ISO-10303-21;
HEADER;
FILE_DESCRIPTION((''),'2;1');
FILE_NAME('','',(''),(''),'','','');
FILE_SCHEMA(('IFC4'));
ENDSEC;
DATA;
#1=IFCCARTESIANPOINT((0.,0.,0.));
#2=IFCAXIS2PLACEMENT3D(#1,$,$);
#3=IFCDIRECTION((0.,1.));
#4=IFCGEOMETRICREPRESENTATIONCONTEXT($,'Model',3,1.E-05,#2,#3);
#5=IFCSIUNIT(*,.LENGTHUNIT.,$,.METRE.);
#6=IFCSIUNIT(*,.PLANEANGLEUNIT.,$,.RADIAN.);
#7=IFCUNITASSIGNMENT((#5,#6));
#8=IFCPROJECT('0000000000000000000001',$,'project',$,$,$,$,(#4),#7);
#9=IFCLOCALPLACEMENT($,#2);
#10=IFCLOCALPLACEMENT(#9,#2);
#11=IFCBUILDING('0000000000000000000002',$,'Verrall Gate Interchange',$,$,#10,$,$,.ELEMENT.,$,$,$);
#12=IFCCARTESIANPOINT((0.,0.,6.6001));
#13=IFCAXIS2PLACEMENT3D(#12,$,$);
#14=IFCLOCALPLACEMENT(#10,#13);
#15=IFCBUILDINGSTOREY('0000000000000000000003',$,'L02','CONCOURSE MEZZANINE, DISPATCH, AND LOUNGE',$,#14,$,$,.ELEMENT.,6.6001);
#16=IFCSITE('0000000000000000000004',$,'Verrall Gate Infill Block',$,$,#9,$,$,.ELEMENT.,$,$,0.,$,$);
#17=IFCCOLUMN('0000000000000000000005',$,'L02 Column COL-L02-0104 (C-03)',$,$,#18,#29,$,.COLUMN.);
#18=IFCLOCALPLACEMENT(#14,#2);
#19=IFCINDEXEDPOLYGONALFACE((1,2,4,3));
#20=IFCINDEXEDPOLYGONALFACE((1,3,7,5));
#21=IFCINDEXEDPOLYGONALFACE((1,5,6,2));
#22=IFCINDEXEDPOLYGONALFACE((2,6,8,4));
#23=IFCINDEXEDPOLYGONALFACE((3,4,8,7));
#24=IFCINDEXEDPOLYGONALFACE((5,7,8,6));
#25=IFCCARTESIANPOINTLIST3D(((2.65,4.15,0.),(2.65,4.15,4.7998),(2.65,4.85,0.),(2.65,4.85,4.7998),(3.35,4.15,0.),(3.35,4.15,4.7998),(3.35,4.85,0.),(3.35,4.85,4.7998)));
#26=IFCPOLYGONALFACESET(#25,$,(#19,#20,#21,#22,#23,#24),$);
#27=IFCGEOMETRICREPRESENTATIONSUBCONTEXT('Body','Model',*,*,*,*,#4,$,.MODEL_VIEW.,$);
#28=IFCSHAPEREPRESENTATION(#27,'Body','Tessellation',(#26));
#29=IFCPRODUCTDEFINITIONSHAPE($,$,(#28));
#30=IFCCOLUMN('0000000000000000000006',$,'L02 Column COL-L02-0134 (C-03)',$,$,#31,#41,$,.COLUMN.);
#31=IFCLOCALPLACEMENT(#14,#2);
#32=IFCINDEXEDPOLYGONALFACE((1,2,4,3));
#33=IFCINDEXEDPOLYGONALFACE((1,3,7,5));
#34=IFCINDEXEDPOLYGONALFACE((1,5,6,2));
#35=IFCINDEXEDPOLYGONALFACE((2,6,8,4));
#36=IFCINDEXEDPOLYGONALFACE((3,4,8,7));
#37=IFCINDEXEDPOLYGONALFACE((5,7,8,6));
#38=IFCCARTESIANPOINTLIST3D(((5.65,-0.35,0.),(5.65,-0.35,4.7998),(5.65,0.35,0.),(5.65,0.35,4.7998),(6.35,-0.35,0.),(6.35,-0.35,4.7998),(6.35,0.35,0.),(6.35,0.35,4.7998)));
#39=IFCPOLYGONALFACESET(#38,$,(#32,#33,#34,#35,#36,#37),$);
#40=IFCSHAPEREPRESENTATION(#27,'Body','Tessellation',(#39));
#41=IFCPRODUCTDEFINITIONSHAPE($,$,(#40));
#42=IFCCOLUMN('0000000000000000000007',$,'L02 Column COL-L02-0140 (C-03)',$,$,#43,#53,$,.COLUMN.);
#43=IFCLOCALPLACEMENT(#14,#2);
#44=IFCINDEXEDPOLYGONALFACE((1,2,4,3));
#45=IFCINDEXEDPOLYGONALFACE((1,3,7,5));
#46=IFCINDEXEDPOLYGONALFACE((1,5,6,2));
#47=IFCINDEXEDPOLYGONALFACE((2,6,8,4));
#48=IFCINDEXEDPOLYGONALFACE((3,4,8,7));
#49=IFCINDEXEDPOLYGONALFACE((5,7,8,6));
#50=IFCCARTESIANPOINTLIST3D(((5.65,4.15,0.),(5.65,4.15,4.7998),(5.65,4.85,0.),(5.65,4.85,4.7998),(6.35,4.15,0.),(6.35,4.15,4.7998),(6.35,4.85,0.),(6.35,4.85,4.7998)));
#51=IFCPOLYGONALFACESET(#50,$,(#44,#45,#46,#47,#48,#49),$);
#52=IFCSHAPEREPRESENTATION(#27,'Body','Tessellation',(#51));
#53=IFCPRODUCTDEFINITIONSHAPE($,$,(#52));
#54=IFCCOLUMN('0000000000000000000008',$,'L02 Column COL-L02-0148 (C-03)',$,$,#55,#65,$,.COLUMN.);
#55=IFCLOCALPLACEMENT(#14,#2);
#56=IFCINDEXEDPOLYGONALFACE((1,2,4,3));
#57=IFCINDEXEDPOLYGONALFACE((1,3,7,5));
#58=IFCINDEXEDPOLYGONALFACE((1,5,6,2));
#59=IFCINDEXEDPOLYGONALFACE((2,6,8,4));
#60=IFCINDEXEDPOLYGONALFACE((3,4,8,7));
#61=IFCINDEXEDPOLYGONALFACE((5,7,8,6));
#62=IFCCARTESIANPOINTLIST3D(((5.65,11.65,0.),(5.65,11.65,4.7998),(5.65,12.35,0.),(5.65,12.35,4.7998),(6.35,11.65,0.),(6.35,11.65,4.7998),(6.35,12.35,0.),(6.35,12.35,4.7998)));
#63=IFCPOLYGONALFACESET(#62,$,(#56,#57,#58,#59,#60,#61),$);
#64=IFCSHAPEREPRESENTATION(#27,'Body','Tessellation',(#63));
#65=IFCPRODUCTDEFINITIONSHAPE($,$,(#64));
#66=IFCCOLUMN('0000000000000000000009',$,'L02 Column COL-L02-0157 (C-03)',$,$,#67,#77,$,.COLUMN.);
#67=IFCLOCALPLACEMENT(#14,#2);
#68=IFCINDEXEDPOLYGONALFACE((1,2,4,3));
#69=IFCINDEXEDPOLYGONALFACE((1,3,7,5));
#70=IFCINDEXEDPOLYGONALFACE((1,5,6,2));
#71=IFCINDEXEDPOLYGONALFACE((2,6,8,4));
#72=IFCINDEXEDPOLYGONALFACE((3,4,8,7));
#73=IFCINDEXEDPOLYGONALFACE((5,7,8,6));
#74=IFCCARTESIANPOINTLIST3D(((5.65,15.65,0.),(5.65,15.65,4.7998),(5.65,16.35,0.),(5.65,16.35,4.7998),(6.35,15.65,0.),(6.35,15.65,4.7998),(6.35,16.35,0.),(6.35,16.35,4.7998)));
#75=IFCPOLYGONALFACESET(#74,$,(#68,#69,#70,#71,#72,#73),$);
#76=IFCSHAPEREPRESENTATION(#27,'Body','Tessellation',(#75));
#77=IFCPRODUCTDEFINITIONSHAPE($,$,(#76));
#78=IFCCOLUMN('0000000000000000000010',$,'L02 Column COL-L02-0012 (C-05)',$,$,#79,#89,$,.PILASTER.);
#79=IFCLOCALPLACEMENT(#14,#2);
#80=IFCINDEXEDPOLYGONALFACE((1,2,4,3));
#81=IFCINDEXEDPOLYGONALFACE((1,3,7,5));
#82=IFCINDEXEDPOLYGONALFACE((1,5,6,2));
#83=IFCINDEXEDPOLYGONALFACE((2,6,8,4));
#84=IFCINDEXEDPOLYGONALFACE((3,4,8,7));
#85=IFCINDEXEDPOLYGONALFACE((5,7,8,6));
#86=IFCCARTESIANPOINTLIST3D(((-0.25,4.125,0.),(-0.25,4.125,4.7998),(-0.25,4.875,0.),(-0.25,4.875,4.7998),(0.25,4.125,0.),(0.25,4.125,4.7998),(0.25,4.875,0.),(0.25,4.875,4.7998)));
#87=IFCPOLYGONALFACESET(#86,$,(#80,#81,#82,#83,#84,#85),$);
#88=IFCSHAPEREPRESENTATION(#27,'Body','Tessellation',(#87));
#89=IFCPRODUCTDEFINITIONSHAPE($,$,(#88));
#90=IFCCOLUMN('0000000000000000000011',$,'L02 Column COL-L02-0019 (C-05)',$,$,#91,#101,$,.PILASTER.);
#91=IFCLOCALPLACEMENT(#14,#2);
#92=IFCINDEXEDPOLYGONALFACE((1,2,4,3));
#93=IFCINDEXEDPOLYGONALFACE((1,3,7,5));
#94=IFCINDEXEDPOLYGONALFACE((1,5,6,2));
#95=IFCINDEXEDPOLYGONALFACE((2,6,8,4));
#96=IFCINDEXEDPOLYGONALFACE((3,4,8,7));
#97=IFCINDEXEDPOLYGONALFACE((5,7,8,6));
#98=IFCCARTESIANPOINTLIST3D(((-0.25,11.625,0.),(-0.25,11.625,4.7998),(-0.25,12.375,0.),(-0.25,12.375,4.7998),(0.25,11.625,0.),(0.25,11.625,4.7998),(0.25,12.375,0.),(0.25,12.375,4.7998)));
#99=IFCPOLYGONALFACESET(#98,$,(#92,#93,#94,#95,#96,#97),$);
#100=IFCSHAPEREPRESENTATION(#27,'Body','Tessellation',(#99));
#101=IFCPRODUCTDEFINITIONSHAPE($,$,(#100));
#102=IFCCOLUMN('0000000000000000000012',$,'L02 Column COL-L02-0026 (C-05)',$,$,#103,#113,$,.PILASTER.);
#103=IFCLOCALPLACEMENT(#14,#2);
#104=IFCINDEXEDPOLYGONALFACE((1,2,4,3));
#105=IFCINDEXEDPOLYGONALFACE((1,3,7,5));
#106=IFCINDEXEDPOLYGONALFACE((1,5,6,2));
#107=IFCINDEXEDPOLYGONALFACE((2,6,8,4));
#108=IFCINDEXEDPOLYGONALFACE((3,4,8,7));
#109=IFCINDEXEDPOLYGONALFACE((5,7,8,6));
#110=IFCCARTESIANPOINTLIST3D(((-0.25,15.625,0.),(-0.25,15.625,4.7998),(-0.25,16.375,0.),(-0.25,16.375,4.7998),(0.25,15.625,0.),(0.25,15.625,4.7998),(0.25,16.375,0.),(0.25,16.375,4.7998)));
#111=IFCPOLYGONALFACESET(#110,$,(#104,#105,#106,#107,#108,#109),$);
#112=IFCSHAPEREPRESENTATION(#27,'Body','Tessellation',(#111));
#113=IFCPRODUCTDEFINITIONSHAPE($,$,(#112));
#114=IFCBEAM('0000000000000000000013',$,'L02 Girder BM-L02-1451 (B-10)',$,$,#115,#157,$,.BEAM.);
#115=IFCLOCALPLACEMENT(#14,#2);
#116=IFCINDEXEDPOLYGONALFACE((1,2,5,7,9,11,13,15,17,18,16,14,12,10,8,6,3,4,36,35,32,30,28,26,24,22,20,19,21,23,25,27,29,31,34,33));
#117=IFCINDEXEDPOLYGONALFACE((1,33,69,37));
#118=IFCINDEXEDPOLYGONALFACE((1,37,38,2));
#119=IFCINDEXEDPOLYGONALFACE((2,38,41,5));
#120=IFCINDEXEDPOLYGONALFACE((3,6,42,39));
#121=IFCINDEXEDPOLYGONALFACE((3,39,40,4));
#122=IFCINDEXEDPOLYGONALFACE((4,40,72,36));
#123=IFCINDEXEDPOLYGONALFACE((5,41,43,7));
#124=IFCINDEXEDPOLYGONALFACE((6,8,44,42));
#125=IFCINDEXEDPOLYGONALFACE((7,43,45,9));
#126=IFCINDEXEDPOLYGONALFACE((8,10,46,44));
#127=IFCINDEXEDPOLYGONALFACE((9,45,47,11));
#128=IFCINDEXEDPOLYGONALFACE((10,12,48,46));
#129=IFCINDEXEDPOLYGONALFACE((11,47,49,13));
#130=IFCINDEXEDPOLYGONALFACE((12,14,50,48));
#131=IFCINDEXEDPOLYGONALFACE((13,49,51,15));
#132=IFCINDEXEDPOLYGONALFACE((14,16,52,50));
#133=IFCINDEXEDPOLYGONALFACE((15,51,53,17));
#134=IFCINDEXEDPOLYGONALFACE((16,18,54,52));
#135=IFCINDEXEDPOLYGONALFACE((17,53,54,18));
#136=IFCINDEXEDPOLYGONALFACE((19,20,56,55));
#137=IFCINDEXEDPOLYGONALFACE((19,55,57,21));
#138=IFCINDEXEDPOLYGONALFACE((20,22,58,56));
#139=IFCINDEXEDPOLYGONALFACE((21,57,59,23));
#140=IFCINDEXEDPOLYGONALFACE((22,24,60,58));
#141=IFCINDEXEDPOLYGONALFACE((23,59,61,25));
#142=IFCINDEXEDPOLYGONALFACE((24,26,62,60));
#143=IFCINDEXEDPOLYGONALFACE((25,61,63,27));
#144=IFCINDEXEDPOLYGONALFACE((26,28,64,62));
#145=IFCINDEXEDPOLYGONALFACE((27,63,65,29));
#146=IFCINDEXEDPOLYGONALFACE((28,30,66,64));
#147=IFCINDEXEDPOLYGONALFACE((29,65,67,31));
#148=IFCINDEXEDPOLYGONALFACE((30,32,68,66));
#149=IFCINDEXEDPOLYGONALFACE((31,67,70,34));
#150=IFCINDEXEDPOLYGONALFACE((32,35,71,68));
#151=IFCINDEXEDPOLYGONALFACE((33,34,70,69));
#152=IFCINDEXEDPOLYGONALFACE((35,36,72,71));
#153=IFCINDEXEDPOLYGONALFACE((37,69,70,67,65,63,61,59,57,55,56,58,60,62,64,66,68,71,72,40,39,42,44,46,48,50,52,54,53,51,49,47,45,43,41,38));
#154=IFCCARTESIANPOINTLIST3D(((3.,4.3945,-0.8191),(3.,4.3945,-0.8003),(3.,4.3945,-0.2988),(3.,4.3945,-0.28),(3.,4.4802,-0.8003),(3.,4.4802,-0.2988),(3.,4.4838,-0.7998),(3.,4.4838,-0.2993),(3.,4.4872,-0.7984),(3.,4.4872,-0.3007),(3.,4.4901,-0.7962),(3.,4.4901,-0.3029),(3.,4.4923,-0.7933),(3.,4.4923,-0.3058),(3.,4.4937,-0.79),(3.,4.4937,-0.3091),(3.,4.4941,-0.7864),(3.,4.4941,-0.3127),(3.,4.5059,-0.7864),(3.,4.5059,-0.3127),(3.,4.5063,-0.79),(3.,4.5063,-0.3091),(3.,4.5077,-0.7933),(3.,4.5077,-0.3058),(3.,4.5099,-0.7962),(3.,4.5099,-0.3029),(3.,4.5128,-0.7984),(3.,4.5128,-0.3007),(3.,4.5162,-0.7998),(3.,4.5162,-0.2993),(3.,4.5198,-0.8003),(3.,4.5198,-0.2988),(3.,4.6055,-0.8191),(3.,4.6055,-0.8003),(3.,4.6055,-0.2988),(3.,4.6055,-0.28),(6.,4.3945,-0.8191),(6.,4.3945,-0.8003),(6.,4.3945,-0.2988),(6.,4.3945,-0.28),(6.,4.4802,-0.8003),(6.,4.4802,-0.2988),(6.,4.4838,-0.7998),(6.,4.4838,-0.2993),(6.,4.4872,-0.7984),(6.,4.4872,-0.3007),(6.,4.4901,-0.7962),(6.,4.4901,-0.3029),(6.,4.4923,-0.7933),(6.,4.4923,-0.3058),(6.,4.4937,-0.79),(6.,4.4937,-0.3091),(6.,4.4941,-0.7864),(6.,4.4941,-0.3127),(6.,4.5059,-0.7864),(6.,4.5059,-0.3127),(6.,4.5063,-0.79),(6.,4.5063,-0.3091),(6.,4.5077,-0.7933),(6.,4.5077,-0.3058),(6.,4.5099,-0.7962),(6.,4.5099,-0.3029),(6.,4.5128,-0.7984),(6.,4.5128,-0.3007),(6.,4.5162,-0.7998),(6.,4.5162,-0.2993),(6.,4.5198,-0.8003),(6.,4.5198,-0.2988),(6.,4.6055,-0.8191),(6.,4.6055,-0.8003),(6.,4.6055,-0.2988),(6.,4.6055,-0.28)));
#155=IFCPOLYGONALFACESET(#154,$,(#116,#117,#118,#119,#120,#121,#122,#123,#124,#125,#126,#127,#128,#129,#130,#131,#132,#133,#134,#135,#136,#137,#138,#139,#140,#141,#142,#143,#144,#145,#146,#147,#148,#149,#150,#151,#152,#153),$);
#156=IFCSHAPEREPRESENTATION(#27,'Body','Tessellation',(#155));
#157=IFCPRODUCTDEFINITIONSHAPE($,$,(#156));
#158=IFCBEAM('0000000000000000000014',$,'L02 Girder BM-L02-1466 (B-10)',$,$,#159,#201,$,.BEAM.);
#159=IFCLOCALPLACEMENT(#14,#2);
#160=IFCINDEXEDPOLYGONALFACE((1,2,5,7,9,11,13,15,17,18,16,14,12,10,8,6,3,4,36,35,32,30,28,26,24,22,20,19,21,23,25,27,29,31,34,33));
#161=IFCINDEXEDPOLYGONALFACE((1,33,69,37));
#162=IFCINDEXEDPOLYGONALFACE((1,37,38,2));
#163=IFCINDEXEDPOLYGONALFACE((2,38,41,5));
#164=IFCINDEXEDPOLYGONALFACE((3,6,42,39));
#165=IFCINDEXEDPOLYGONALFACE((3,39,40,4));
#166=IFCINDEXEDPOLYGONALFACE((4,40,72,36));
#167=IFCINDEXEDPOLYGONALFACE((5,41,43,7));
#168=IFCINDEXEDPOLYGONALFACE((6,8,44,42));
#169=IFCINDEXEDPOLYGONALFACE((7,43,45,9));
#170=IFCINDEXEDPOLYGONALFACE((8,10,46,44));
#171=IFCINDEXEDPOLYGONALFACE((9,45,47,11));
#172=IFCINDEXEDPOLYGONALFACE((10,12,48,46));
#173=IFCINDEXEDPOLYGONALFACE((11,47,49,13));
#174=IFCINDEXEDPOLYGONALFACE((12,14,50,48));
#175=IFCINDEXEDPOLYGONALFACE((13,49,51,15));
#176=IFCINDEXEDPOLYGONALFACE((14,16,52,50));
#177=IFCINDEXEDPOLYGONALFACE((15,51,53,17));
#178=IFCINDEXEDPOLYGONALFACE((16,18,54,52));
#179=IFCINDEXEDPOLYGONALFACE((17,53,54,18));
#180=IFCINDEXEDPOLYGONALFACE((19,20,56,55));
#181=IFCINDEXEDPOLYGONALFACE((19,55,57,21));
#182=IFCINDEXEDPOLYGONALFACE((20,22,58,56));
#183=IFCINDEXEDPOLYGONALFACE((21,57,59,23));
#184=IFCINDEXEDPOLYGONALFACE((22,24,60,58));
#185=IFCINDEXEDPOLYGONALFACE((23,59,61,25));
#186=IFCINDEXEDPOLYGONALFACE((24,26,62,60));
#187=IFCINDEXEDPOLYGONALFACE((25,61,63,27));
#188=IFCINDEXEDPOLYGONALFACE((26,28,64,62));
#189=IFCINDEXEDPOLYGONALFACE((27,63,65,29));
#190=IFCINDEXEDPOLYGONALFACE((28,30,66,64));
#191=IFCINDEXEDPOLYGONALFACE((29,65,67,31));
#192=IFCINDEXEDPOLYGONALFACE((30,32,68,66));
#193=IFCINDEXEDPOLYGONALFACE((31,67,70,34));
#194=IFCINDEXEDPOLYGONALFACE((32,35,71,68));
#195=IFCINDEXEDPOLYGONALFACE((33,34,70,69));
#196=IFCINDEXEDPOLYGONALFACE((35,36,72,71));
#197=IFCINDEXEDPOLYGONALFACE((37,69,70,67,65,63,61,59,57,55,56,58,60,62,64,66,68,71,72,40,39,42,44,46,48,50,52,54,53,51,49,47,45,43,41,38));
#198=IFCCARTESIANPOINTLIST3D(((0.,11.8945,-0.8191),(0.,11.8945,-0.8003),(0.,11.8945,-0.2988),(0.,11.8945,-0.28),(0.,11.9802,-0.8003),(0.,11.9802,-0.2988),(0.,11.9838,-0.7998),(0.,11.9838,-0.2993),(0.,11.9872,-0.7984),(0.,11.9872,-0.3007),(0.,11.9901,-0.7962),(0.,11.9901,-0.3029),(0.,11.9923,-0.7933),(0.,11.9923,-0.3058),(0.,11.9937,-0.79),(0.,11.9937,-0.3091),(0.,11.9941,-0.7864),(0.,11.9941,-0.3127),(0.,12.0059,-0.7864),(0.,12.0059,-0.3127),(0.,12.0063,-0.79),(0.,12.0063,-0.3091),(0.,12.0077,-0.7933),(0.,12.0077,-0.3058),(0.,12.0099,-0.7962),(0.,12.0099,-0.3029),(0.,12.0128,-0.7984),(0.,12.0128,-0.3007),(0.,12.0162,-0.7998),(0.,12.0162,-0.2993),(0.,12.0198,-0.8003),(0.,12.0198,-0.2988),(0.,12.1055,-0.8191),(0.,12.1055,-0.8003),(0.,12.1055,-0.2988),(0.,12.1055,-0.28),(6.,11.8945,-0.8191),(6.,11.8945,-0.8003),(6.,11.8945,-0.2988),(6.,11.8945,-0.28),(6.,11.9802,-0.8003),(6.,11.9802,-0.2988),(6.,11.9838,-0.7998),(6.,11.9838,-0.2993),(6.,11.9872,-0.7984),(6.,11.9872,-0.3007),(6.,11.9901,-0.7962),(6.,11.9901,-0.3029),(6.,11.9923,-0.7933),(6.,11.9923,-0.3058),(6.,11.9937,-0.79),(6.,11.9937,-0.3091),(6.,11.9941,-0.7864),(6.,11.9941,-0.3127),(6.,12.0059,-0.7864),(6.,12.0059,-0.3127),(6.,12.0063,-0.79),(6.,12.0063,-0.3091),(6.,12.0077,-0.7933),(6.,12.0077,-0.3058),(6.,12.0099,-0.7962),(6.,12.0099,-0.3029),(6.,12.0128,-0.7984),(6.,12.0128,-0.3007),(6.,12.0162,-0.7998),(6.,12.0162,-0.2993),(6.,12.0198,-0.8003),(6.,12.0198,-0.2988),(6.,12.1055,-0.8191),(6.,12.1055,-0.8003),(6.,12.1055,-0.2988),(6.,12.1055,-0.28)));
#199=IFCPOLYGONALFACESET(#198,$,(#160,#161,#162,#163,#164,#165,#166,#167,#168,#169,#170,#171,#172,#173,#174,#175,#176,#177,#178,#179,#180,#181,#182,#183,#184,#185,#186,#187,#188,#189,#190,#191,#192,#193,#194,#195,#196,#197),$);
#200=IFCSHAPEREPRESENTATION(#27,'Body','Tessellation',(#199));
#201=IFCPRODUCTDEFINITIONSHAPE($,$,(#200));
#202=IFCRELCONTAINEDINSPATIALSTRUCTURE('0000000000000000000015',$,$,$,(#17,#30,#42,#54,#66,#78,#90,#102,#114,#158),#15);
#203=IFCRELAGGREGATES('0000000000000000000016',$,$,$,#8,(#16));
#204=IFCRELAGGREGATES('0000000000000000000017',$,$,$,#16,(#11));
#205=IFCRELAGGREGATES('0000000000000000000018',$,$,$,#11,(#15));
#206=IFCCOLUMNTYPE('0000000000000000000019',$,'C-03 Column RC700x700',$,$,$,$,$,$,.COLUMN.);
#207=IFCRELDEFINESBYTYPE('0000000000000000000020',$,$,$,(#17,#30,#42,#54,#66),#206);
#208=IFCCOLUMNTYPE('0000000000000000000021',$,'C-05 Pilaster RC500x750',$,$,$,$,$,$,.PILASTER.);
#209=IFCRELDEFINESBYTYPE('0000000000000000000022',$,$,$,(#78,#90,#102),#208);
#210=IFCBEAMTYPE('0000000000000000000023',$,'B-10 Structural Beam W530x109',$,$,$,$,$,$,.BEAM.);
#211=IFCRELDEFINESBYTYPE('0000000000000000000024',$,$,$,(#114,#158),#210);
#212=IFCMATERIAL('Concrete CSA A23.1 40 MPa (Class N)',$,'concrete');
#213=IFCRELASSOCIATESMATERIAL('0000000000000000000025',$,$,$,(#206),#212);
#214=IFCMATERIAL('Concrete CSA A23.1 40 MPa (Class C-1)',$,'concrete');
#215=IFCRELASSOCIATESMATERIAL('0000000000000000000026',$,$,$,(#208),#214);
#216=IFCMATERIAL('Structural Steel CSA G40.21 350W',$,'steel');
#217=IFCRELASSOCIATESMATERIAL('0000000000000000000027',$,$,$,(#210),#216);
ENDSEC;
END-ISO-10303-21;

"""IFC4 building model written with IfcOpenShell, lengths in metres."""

from ifc_helpers import new_model, si_unit, direction, frame, origin, origin_2d, place, context, subcontext, project, spatial, rectangle, i_section, extrude, material, material_profile, profile_set, type_object, element, save


model = new_model("IFC4")

# Units and contexts
model_context = context("Model", 3, precision=1e-05, world=origin(), true_north=direction((0.0, 1.0)))
body_context = subcontext(model_context, "Body", "Model", "MODEL_VIEW")
ifc_project = project(units=[si_unit("LENGTHUNIT", "METRE"), si_unit("PLANEANGLEUNIT", "RADIAN")], contexts=[model_context])

# Site, building, storey
site_placement = place(None, origin())
site = spatial("IfcSite", under=ifc_project, at=site_placement, Name="Verrall Gate Infill Block", CompositionType="ELEMENT", RefElevation=0.0)
building_placement = place(site_placement, origin())
building = spatial("IfcBuilding", under=site, at=building_placement, Name="Verrall Gate Interchange", CompositionType="ELEMENT")
storey_placement = place(building_placement, frame((0.0, 0.0, 6.6001)))
storey = spatial("IfcBuildingStorey", under=building, at=storey_placement, Name="L02", Description="CONCOURSE MEZZANINE, DISPATCH, AND LOUNGE", CompositionType="ELEMENT", Elevation=6.6001)

# Columns
ifc_material_1 = material(Name="Concrete CSA A23.1 40 MPa (Class N)", Category="concrete")
ifc_material_profile_1 = material_profile(ifc_material_1, rectangle(XDim=0.7, YDim=0.7, at=origin_2d()), Name="RC700x700")
ifc_profile_set_1 = profile_set([ifc_material_profile_1], Name="Concrete CSA A23.1 40 MPa (Class N)")
column_type_1 = type_object("IfcColumnType", Name="C-03 Column RC700x700", PredefinedType="COLUMN", material=ifc_profile_set_1)
for number, where, z_axis, x_axis, name in (
    (1, (3.0, 4.5, 0.0), (0.0, 0.0, 1.0), (1.0, 0.0, 0.0), "L02 Column COL-L02-0104 (C-03)"),
    (2, (6.0, 0.0, 0.0), (0.0, 0.0, 1.0), (1.0, 0.0, 0.0), "L02 Column COL-L02-0134 (C-03)"),
    (3, (6.0, 4.5, 0.0), (0.0, 0.0, 1.0), (1.0, 0.0, 0.0), "L02 Column COL-L02-0140 (C-03)"),
    (4, (6.0, 12.0, 0.0), (0.0, 0.0, 1.0), (1.0, 0.0, 0.0), "L02 Column COL-L02-0148 (C-03)"),
    (5, (6.0, 16.0, 0.0), (0.0, 0.0, 1.0), (1.0, 0.0, 0.0), "L02 Column COL-L02-0157 (C-03)"),
):
    element("IfcColumn", number, at=place(storey_placement, frame(where, z_axis=z_axis, x_axis=x_axis)), inside=storey, type_object=column_type_1, Name=name, PredefinedType="COLUMN", context=body_context, shape_type="SweptSolid", body=[
        extrude(rectangle(XDim=0.7, YDim=0.7, at=origin_2d()), origin(), (0.0, 0.0, 1.0), 4.7998),
    ])
ifc_material_2 = material(Name="Concrete CSA A23.1 40 MPa (Class C-1)", Category="concrete")
ifc_material_profile_2 = material_profile(ifc_material_2, rectangle(XDim=0.5, YDim=0.75, at=origin_2d()), Name="RC500x750")
ifc_profile_set_2 = profile_set([ifc_material_profile_2], Name="Concrete CSA A23.1 40 MPa (Class C-1)")
column_type_2 = type_object("IfcColumnType", Name="C-05 Pilaster RC500x750", PredefinedType="PILASTER", material=ifc_profile_set_2)
for number, where, z_axis, x_axis, name in (
    (6, (0.0, 4.5, 0.0), (0.0, 0.0, 1.0), (1.0, 0.0, 0.0), "L02 Column COL-L02-0012 (C-05)"),
    (7, (0.0, 12.0, 0.0), (0.0, 0.0, 1.0), (1.0, 0.0, 0.0), "L02 Column COL-L02-0019 (C-05)"),
    (8, (0.0, 16.0, 0.0), (0.0, 0.0, 1.0), (1.0, 0.0, 0.0), "L02 Column COL-L02-0026 (C-05)"),
):
    element("IfcColumn", number, at=place(storey_placement, frame(where, z_axis=z_axis, x_axis=x_axis)), inside=storey, type_object=column_type_2, Name=name, PredefinedType="PILASTER", context=body_context, shape_type="SweptSolid", body=[
        extrude(rectangle(XDim=0.5, YDim=0.75, at=origin_2d()), origin(), (0.0, 0.0, 1.0), 4.7998),
    ])

# Beams
ifc_material_3 = material(Name="Structural Steel CSA G40.21 350W", Category="steel")
ifc_material_profile_3 = material_profile(ifc_material_3, i_section(OverallWidth=0.2109, OverallDepth=0.5391, WebThickness=0.0117, FlangeThickness=0.0188, FilletRadius=0.0139, at=origin_2d()), Name="W530x109")
ifc_profile_set_3 = profile_set([ifc_material_profile_3], Name="Structural Steel CSA G40.21 350W")
beam_type_1 = type_object("IfcBeamType", Name="B-10 Structural Beam W530x109", PredefinedType="BEAM", material=ifc_profile_set_3)
beam_1_placement = place(storey_placement, frame((3.0, 4.5, -0.5496), z_axis=(1.0, 0.0, 0.0), x_axis=(0.0, 1.0, 0.0)))
element("IfcBeam", 9, at=beam_1_placement, inside=storey, type_object=beam_type_1, Name="L02 Girder BM-L02-1451 (B-10)", PredefinedType="BEAM", context=body_context, shape_type="SweptSolid", body=[
    extrude(i_section(OverallWidth=0.2109, OverallDepth=0.5391, WebThickness=0.0117, FlangeThickness=0.0188, FilletRadius=0.0139, at=origin_2d()), origin(), (0.0, 0.0, 1.0), 3.0),
])
beam_2_placement = place(storey_placement, frame((0.0, 12.0, -0.5496), z_axis=(1.0, 0.0, 0.0), x_axis=(0.0, 1.0, 0.0)))
element("IfcBeam", 10, at=beam_2_placement, inside=storey, type_object=beam_type_1, Name="L02 Girder BM-L02-1466 (B-10)", PredefinedType="BEAM", context=body_context, shape_type="SweptSolid", body=[
    extrude(i_section(OverallWidth=0.2109, OverallDepth=0.5391, WebThickness=0.0117, FlangeThickness=0.0188, FilletRadius=0.0139, at=origin_2d()), origin(), (0.0, 0.0, 1.0), 6.0),
])

save(model, "model.ifc")
